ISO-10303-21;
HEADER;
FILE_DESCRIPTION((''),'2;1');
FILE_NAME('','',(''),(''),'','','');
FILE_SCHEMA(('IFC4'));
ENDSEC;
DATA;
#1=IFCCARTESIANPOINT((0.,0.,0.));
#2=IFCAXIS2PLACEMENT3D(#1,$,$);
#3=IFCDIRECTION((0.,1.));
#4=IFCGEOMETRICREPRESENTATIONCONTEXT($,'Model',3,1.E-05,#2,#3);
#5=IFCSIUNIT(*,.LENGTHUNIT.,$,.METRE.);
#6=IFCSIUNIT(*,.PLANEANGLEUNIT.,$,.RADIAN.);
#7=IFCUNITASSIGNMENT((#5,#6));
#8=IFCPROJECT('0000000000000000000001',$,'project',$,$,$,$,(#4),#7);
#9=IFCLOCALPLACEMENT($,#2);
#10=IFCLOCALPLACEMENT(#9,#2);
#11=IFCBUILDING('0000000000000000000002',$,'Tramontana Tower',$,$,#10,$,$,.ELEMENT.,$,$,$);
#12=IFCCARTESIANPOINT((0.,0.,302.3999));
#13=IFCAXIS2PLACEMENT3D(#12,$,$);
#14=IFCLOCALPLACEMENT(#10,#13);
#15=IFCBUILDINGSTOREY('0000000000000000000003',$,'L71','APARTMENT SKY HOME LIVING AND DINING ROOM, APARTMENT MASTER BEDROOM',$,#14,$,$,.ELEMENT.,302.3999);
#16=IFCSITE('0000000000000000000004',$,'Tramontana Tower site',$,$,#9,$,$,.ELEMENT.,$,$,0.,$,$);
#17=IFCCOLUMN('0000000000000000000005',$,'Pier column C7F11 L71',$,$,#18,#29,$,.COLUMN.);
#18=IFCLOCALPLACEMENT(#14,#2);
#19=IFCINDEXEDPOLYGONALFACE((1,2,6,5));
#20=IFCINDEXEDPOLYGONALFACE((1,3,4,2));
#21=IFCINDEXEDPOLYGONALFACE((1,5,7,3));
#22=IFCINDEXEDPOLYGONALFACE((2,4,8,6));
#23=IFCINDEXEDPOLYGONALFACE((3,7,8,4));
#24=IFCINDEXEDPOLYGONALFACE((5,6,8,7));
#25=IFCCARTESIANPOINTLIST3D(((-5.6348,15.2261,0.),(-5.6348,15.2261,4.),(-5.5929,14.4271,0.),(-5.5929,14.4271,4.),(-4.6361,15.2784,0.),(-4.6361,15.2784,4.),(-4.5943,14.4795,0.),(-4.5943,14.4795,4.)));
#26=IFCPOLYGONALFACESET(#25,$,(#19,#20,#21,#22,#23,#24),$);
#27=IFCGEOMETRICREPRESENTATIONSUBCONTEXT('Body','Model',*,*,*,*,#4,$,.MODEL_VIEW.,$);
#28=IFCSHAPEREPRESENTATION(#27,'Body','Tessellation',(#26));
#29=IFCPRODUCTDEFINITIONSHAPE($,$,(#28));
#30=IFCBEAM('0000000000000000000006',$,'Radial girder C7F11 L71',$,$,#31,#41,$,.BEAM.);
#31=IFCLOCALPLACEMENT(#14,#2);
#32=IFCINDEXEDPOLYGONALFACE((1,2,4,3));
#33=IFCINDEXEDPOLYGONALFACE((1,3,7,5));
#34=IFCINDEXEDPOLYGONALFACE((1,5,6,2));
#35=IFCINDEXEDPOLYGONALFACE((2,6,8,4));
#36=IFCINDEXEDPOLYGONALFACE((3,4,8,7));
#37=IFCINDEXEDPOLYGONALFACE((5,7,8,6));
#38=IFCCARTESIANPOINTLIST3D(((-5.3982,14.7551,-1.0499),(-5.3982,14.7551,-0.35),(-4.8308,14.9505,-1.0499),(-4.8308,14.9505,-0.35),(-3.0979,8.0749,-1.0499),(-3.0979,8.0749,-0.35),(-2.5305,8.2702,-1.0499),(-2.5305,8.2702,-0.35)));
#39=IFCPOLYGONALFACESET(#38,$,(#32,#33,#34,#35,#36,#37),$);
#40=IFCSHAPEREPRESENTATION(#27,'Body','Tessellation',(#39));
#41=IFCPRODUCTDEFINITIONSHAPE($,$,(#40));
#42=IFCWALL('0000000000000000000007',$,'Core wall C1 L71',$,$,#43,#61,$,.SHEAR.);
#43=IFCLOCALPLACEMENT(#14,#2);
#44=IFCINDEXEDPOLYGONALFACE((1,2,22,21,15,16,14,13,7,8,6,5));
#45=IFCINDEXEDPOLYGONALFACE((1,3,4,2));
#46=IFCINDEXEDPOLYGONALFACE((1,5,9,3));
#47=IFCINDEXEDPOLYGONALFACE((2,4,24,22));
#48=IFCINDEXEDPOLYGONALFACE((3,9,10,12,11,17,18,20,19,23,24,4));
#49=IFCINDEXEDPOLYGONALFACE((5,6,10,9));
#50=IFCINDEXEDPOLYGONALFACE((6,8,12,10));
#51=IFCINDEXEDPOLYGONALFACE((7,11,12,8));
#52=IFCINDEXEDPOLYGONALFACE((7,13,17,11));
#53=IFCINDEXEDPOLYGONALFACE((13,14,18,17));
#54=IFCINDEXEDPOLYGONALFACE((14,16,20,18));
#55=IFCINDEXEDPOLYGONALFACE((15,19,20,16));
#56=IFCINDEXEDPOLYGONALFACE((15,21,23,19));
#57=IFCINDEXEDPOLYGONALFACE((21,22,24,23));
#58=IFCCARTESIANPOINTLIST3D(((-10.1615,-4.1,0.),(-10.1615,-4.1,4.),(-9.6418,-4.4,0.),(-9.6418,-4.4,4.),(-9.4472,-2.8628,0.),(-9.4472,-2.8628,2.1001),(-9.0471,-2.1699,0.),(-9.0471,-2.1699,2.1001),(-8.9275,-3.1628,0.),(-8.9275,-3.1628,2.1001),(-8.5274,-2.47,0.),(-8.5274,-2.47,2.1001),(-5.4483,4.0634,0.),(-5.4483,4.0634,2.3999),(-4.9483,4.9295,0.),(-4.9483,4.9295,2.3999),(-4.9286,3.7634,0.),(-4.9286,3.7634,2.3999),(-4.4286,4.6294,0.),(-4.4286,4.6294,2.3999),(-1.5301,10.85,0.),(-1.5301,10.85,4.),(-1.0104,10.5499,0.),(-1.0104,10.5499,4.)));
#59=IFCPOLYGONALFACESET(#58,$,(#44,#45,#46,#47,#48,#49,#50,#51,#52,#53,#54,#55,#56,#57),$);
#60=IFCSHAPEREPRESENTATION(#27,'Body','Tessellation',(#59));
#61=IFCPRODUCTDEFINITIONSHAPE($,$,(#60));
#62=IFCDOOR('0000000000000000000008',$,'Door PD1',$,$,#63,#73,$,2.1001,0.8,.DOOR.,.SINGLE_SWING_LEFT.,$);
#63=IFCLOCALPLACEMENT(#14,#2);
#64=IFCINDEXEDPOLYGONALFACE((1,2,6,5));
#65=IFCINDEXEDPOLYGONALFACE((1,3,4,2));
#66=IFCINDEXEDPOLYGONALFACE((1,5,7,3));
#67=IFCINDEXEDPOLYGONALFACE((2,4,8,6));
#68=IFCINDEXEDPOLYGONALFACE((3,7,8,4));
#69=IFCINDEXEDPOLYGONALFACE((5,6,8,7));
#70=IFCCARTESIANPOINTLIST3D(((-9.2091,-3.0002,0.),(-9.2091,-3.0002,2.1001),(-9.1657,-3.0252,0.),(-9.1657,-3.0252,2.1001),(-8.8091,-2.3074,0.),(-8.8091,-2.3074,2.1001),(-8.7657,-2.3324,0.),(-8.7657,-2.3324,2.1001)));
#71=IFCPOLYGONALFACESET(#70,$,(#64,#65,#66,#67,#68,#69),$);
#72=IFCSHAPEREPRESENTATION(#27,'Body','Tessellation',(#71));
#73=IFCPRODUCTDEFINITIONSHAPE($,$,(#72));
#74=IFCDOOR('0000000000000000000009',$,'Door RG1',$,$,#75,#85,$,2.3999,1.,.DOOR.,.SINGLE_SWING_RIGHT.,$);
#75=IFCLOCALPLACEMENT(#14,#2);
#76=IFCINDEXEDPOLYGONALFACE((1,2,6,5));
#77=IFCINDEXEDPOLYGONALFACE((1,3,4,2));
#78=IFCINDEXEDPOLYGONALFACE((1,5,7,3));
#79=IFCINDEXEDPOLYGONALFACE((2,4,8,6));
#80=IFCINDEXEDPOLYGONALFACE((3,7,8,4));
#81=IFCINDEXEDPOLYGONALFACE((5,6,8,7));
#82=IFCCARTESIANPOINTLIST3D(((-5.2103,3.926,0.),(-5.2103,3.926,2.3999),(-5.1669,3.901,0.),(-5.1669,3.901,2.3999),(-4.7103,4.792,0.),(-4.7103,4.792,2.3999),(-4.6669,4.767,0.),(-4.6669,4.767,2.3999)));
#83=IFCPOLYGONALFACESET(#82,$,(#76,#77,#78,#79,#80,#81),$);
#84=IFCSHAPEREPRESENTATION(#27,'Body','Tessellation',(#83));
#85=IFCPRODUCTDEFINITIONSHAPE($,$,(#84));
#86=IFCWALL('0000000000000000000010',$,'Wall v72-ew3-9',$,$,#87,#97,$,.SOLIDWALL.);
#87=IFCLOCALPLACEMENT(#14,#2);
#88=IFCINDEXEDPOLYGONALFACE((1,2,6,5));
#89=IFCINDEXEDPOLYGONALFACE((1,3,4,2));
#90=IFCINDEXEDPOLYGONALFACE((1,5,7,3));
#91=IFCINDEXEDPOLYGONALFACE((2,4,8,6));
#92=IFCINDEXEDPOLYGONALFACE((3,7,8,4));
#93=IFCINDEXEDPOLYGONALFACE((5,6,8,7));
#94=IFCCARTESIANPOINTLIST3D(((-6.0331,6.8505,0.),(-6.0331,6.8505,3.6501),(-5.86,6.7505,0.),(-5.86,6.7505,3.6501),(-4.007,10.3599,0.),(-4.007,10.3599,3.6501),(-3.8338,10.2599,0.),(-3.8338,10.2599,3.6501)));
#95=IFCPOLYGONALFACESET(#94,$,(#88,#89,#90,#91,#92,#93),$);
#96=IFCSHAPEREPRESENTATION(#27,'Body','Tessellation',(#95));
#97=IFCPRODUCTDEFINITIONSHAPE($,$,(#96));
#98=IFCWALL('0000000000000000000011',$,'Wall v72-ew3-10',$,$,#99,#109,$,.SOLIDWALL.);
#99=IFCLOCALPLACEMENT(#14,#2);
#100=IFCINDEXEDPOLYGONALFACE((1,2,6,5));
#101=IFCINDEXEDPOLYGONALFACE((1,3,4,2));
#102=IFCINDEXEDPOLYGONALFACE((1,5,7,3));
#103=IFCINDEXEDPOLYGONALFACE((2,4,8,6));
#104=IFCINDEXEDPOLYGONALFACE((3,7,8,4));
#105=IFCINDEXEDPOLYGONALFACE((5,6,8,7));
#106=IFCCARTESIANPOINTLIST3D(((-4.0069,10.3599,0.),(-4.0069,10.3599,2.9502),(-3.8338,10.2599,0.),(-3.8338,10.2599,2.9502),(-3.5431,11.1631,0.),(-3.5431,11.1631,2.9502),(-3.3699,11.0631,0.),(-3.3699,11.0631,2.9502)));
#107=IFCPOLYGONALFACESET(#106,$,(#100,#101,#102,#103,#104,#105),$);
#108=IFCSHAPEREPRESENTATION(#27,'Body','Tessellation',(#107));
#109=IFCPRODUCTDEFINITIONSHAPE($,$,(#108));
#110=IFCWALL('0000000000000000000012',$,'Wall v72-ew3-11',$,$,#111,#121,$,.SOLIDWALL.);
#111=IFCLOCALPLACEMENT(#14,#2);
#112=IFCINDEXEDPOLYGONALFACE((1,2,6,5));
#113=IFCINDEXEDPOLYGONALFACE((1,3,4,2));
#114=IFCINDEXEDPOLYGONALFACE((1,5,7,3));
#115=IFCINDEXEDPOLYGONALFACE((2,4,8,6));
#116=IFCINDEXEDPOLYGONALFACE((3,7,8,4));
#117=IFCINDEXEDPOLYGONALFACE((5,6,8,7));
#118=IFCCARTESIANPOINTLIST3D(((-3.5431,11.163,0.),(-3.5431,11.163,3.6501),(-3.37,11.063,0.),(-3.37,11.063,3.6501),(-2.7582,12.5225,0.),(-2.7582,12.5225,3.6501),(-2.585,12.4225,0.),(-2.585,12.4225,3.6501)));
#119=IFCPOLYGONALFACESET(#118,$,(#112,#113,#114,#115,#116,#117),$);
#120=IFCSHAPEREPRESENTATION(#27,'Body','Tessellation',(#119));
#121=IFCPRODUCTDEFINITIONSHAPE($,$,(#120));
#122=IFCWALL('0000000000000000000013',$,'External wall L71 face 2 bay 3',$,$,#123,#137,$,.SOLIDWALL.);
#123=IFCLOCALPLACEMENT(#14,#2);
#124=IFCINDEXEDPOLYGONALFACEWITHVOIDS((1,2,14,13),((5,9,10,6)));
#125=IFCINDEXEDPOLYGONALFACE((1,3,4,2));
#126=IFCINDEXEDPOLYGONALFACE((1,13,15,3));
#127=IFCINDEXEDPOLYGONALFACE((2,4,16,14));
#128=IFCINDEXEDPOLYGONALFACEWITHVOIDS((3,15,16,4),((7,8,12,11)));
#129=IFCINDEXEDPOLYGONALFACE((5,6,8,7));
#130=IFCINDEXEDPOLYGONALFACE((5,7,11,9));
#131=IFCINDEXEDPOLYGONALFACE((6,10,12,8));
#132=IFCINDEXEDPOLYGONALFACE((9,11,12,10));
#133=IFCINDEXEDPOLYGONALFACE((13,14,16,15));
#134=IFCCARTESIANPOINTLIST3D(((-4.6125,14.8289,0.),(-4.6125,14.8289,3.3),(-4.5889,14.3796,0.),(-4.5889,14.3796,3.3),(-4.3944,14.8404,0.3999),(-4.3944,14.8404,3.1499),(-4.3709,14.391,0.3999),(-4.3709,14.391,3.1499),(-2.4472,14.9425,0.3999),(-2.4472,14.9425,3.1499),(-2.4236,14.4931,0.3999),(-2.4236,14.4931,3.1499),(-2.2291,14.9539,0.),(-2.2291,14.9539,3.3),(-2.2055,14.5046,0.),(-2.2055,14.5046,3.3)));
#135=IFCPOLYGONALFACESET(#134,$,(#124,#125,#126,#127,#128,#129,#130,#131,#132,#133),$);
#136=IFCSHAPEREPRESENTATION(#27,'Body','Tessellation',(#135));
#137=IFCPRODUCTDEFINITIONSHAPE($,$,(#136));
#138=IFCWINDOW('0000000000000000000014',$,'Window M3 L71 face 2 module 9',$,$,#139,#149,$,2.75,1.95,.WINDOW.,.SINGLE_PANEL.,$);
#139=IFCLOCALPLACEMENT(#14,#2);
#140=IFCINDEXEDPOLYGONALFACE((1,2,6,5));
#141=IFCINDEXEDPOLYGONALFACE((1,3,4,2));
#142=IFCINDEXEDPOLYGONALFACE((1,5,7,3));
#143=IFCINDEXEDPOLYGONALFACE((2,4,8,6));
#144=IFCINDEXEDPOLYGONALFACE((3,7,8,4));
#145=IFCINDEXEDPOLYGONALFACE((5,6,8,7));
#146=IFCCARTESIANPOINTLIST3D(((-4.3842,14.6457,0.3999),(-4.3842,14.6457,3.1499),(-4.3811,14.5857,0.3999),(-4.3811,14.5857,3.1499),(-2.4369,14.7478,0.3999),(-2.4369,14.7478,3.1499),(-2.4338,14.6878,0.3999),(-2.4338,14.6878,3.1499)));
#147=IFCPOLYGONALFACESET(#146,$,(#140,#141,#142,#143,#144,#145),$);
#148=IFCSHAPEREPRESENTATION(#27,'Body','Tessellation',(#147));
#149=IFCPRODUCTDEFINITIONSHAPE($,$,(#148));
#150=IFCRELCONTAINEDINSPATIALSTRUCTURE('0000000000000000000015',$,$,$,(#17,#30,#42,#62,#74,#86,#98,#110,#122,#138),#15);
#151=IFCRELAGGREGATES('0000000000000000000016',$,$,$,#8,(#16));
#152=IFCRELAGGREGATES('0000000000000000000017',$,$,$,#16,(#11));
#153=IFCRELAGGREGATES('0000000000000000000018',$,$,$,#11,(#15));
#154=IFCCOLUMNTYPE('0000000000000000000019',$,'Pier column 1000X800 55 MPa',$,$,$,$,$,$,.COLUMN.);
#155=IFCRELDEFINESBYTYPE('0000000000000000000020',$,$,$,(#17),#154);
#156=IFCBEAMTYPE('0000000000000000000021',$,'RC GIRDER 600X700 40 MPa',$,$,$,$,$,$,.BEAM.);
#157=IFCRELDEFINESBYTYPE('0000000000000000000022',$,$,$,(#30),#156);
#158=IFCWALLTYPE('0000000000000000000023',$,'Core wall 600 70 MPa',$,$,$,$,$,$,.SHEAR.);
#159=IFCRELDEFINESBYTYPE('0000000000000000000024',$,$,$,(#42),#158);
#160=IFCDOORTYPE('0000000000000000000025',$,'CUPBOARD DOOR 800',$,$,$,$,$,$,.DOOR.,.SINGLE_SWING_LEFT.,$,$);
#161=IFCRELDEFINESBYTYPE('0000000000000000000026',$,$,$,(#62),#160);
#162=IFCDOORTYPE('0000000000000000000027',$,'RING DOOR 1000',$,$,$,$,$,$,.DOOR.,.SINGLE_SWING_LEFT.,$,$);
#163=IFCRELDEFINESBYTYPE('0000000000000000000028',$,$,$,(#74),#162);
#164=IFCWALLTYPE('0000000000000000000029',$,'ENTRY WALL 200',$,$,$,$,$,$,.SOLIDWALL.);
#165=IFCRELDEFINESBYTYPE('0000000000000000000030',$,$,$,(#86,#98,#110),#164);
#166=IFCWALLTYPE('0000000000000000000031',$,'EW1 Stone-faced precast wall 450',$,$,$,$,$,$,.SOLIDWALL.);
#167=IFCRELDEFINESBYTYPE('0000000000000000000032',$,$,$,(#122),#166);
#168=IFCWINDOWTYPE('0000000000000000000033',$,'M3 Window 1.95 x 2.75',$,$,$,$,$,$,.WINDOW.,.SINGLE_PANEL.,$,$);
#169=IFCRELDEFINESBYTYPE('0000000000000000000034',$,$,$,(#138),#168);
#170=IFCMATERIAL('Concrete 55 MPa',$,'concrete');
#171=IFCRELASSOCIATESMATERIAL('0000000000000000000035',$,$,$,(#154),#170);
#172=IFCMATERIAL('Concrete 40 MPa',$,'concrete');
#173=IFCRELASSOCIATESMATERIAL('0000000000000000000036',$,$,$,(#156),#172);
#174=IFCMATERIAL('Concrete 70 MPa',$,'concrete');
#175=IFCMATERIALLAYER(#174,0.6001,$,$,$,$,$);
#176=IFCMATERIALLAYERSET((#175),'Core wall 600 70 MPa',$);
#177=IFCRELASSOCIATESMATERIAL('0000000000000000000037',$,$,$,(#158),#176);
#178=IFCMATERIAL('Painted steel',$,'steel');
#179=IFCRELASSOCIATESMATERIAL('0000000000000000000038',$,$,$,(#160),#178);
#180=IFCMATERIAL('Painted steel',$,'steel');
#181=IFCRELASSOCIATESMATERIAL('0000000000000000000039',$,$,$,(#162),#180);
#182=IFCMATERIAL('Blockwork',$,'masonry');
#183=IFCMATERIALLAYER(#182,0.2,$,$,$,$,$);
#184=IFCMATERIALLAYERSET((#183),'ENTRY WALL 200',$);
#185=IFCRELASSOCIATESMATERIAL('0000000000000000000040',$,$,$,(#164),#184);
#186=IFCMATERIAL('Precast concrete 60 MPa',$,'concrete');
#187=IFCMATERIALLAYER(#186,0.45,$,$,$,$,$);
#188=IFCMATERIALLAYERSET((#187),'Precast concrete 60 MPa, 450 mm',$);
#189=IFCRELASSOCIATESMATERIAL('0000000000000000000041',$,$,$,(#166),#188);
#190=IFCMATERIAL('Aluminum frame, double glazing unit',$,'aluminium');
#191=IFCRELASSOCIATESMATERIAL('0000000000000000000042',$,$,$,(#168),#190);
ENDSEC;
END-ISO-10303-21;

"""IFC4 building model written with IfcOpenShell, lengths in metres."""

from ifc_helpers import new_model, si_unit, direction, frame, frame_2d, origin, origin_2d, place, context, subcontext, project, spatial, rectangle, extrude, material, layer, layer_set, material_profile, profile_set, type_object, element, fill, save


model = new_model("IFC4")

# Units and contexts
model_context = context("Model", 3, precision=1e-05, world=origin(), true_north=direction((0.0, 1.0)))
body_context = subcontext(model_context, "Body", "Model", "MODEL_VIEW")
ifc_project = project(units=[si_unit("LENGTHUNIT", "METRE"), si_unit("PLANEANGLEUNIT", "RADIAN")], contexts=[model_context])

# Site, building, storey
site_placement = place(None, origin())
site = spatial("IfcSite", under=ifc_project, at=site_placement, Name="Tramontana Tower site", CompositionType="ELEMENT", RefElevation=0.0)
building_placement = place(site_placement, origin())
building = spatial("IfcBuilding", under=site, at=building_placement, Name="Tramontana Tower", CompositionType="ELEMENT")
storey_placement = place(building_placement, frame((0.0, 0.0, 302.3999)))
storey = spatial("IfcBuildingStorey", under=building, at=storey_placement, Name="L71", Description="APARTMENT SKY HOME LIVING AND DINING ROOM, APARTMENT MASTER BEDROOM", CompositionType="ELEMENT", Elevation=302.3999)

# Column
ifc_material_1 = material(Name="Concrete 55 MPa", Category="concrete")
ifc_material_profile_1 = material_profile(ifc_material_1, rectangle(XDim=1.0, YDim=0.8, at=origin_2d()), Name="Pier column 1000X800 55 MPa")
ifc_profile_set_1 = profile_set([ifc_material_profile_1], Name="Concrete 55 MPa")
column_type = type_object("IfcColumnType", Name="Pier column 1000X800 55 MPa", PredefinedType="COLUMN", material=ifc_profile_set_1)
column_placement = place(storey_placement, frame((-5.1145, 14.8528, 0.0), z_axis=(0.0, 0.0, 1.0), x_axis=(-0.99863, -0.052336, 0.0)))
element("IfcColumn", 1, at=column_placement, inside=storey, type_object=column_type, Name="Pier column C7F11 L71", PredefinedType="COLUMN", context=body_context, shape_type="SweptSolid", body=[
    extrude(rectangle(XDim=1.0, YDim=0.8, at=origin_2d()), origin(), (0.0, 0.0, 1.0), 4.0),
])

# Beam
ifc_material_2 = material(Name="Concrete 40 MPa", Category="concrete")
ifc_material_profile_2 = material_profile(ifc_material_2, rectangle(XDim=0.6001, YDim=0.7, at=origin_2d()), Name="RC GIRDER 600X700 40 MPa")
ifc_profile_set_2 = profile_set([ifc_material_profile_2], Name="Concrete 40 MPa")
beam_type = type_object("IfcBeamType", Name="RC GIRDER 600X700 40 MPa", PredefinedType="BEAM", material=ifc_profile_set_2)
beam_placement = place(storey_placement, frame((-5.1145, 14.8528, -0.7), z_axis=(0.325584, -0.945513, 0.0), x_axis=(0.945513, 0.325584, 0.0)))
element("IfcBeam", 2, at=beam_placement, inside=storey, type_object=beam_type, Name="Radial girder C7F11 L71", PredefinedType="BEAM", context=body_context, shape_type="SweptSolid", body=[
    extrude(rectangle(XDim=0.6001, YDim=0.7, at=origin_2d()), origin(), (0.0, 0.0, 1.0), 7.0652),
])

# Wall, openings, doors
ifc_material_3 = material(Name="Concrete 70 MPa", Category="concrete")
ifc_layer_1 = layer(ifc_material_3, 0.6001)
ifc_layer_set_1 = layer_set([ifc_layer_1], Name="Core wall 600 70 MPa")
wall_type_1 = type_object("IfcWallType", Name="Core wall 600 70 MPa", PredefinedType="SHEAR", material=ifc_layer_set_1)
wall_1_placement = place(storey_placement, frame((-1.2703, 10.7, 0.0), z_axis=(0.0, 0.0, 1.0), x_axis=(-0.5, -0.866026, 0.0)))
wall_1 = element("IfcWall", 3, at=wall_1_placement, inside=storey, type_object=wall_type_1, Name="Core wall C1 L71", PredefinedType="SHEAR", context=body_context, shape_type="SweptSolid", body=[
    extrude(rectangle(XDim=17.2627, YDim=0.6001, at=frame_2d((8.6313, 0.0))), origin(), (0.0, 0.0, 1.0), 4.0),
])
opening_1_placement = place(wall_1_placement, frame((6.8364, 0.0, 0.0)))
opening_1 = element("IfcOpeningElement", 4, at=opening_1_placement, cuts=wall_1, PredefinedType="OPENING", context=body_context, shape_type="SweptSolid", body=[
    extrude(rectangle(XDim=1.0, YDim=2.3999, at=frame_2d((0.5, 1.2))), frame((0.0, 0.3101, 0.0), z_axis=(0.0, -1.0, 0.0), x_axis=(1.0, 0.0, 0.0)), (0.0, 0.0, 1.0), 0.6201),
])
opening_2_placement = place(wall_1_placement, frame((15.0342, 0.0, 0.0)))
opening_2 = element("IfcOpeningElement", 5, at=opening_2_placement, cuts=wall_1, PredefinedType="OPENING", context=body_context, shape_type="SweptSolid", body=[
    extrude(rectangle(XDim=0.8, YDim=2.1001, at=frame_2d((0.3999, 1.05))), frame((0.0, 0.3101, 0.0), z_axis=(0.0, -1.0, 0.0), x_axis=(1.0, 0.0, 0.0)), (0.0, 0.0, 1.0), 0.6201),
])
ifc_material_4 = material(Name="Painted steel", Category="steel")
door_type_1 = type_object("IfcDoorType", Name="CUPBOARD DOOR 800", OperationType="SINGLE_SWING_LEFT", PredefinedType="DOOR", material=ifc_material_4)
door_1_placement = place(opening_2_placement, origin())
door_1 = element("IfcDoor", 6, at=door_1_placement, inside=storey, type_object=door_type_1, Name="Door PD1", OperationType="SINGLE_SWING_LEFT", OverallHeight=2.1001, OverallWidth=0.8, PredefinedType="DOOR", context=body_context, shape_type="SweptSolid", body=[
    extrude(rectangle(XDim=0.8, YDim=2.1001, at=frame_2d((0.3999, 1.05))), frame((0.0, 0.0249, 0.0), z_axis=(0.0, -1.0, 0.0), x_axis=(1.0, 0.0, 0.0)), (0.0, 0.0, 1.0), 0.05),
])
fill(opening_2, door_1)
ifc_material_5 = material(Name="Painted steel", Category="steel")
door_type_2 = type_object("IfcDoorType", Name="RING DOOR 1000", OperationType="SINGLE_SWING_LEFT", PredefinedType="DOOR", material=ifc_material_5)
door_2_placement = place(opening_1_placement, origin())
door_2 = element("IfcDoor", 7, at=door_2_placement, inside=storey, type_object=door_type_2, Name="Door RG1", OperationType="SINGLE_SWING_RIGHT", OverallHeight=2.3999, OverallWidth=1.0, PredefinedType="DOOR", context=body_context, shape_type="SweptSolid", body=[
    extrude(rectangle(XDim=1.0, YDim=2.3999, at=frame_2d((0.5, 1.2))), frame((0.0, 0.0249, 0.0), z_axis=(0.0, -1.0, 0.0), x_axis=(1.0, 0.0, 0.0)), (0.0, 0.0, 1.0), 0.05),
])
fill(opening_1, door_2)

# Walls
ifc_material_6 = material(Name="Blockwork", Category="masonry")
ifc_layer_2 = layer(ifc_material_6, 0.2)
ifc_layer_set_2 = layer_set([ifc_layer_2], Name="ENTRY WALL 200")
wall_type_2 = type_object("IfcWallType", Name="ENTRY WALL 200", PredefinedType="SOLIDWALL", material=ifc_layer_set_2)
wall_2_placement = place(storey_placement, frame((-5.9465, 6.8005, 0.0), z_axis=(0.0, 0.0, 1.0), x_axis=(0.500008, 0.866021, 0.0)))
element("IfcWall", 8, at=wall_2_placement, inside=storey, type_object=wall_type_2, Name="Wall v72-ew3-9", PredefinedType="SOLIDWALL", context=body_context, shape_type="SweptSolid", body=[
    extrude(rectangle(XDim=4.0522, YDim=0.2, at=frame_2d((2.0261, 0.0))), origin(), (0.0, 0.0, 1.0), 3.6501),
])
wall_3_placement = place(storey_placement, frame((-3.9204, 10.3098, 0.0), z_axis=(0.0, 0.0, 1.0), x_axis=(0.500102, 0.865966, 0.0)))
element("IfcWall", 9, at=wall_3_placement, inside=storey, type_object=wall_type_2, Name="Wall v72-ew3-10", PredefinedType="SOLIDWALL", context=body_context, shape_type="SweptSolid", body=[
    extrude(rectangle(XDim=0.9275, YDim=0.2, at=frame_2d((0.4639, 0.0))), origin(), (0.0, 0.0, 1.0), 2.9502),
])
wall_4_placement = place(storey_placement, frame((-3.4565, 11.113, 0.0), z_axis=(0.0, 0.0, 1.0), x_axis=(0.500037, 0.866004, 0.0)))
element("IfcWall", 10, at=wall_4_placement, inside=storey, type_object=wall_type_2, Name="Wall v72-ew3-11", PredefinedType="SOLIDWALL", context=body_context, shape_type="SweptSolid", body=[
    extrude(rectangle(XDim=1.5698, YDim=0.2, at=frame_2d((0.7849, 0.0))), origin(), (0.0, 0.0, 1.0), 3.6501),
])

# Wall, opening, window
ifc_material_7 = material(Name="Precast concrete 60 MPa", Category="concrete")
ifc_layer_3 = layer(ifc_material_7, 0.45)
ifc_layer_set_3 = layer_set([ifc_layer_3], Name="Precast concrete 60 MPa, 450 mm")
wall_type_3 = type_object("IfcWallType", Name="EW1 Stone-faced precast wall 450", PredefinedType="SOLIDWALL", material=ifc_layer_set_3)
wall_5_placement = place(storey_placement, frame((-2.2173, 14.7292, 0.0), z_axis=(0.0, 0.0, 1.0), x_axis=(-0.998628, -0.052371, 0.0)))
wall_5 = element("IfcWall", 11, at=wall_5_placement, inside=storey, type_object=wall_type_3, Name="External wall L71 face 2 bay 3", PredefinedType="SOLIDWALL", context=body_context, shape_type="SweptSolid", body=[
    extrude(rectangle(XDim=2.3867, YDim=0.45, at=frame_2d((1.1934, 0.0))), origin(), (0.0, 0.0, 1.0), 3.3),
])
opening_3_placement = place(wall_5_placement, frame((0.2183, 0.0, 0.3999)))
opening_3 = element("IfcOpeningElement", 12, at=opening_3_placement, cuts=wall_5, PredefinedType="OPENING", context=body_context, shape_type="SweptSolid", body=[
    extrude(rectangle(XDim=1.95, YDim=2.75, at=frame_2d((0.9751, 1.375))), frame((0.0, 0.2349, 0.0), z_axis=(0.0, -1.0, 0.0), x_axis=(1.0, 0.0, 0.0)), (0.0, 0.0, 1.0), 0.47),
])
ifc_material_8 = material(Name="Aluminum frame, double glazing unit", Category="aluminium")
window_type_1 = type_object("IfcWindowType", Name="M3 Window 1.95 x 2.75", PartitioningType="SINGLE_PANEL", PredefinedType="WINDOW", material=ifc_material_8)
window_1_placement = place(opening_3_placement, origin())
window_1 = element("IfcWindow", 13, at=window_1_placement, inside=storey, type_object=window_type_1, Name="Window M3 L71 face 2 module 9", OverallHeight=2.75, OverallWidth=1.95, PartitioningType="SINGLE_PANEL", PredefinedType="WINDOW", context=body_context, shape_type="SweptSolid", body=[
    extrude(rectangle(XDim=1.95, YDim=2.75, at=frame_2d((0.9751, 1.375))), frame((0.0, 0.03, 0.0), z_axis=(0.0, -1.0, 0.0), x_axis=(1.0, 0.0, 0.0)), (0.0, 0.0, 1.0), 0.0601),
])
fill(opening_3, window_1)

save(model, "model.ifc")
